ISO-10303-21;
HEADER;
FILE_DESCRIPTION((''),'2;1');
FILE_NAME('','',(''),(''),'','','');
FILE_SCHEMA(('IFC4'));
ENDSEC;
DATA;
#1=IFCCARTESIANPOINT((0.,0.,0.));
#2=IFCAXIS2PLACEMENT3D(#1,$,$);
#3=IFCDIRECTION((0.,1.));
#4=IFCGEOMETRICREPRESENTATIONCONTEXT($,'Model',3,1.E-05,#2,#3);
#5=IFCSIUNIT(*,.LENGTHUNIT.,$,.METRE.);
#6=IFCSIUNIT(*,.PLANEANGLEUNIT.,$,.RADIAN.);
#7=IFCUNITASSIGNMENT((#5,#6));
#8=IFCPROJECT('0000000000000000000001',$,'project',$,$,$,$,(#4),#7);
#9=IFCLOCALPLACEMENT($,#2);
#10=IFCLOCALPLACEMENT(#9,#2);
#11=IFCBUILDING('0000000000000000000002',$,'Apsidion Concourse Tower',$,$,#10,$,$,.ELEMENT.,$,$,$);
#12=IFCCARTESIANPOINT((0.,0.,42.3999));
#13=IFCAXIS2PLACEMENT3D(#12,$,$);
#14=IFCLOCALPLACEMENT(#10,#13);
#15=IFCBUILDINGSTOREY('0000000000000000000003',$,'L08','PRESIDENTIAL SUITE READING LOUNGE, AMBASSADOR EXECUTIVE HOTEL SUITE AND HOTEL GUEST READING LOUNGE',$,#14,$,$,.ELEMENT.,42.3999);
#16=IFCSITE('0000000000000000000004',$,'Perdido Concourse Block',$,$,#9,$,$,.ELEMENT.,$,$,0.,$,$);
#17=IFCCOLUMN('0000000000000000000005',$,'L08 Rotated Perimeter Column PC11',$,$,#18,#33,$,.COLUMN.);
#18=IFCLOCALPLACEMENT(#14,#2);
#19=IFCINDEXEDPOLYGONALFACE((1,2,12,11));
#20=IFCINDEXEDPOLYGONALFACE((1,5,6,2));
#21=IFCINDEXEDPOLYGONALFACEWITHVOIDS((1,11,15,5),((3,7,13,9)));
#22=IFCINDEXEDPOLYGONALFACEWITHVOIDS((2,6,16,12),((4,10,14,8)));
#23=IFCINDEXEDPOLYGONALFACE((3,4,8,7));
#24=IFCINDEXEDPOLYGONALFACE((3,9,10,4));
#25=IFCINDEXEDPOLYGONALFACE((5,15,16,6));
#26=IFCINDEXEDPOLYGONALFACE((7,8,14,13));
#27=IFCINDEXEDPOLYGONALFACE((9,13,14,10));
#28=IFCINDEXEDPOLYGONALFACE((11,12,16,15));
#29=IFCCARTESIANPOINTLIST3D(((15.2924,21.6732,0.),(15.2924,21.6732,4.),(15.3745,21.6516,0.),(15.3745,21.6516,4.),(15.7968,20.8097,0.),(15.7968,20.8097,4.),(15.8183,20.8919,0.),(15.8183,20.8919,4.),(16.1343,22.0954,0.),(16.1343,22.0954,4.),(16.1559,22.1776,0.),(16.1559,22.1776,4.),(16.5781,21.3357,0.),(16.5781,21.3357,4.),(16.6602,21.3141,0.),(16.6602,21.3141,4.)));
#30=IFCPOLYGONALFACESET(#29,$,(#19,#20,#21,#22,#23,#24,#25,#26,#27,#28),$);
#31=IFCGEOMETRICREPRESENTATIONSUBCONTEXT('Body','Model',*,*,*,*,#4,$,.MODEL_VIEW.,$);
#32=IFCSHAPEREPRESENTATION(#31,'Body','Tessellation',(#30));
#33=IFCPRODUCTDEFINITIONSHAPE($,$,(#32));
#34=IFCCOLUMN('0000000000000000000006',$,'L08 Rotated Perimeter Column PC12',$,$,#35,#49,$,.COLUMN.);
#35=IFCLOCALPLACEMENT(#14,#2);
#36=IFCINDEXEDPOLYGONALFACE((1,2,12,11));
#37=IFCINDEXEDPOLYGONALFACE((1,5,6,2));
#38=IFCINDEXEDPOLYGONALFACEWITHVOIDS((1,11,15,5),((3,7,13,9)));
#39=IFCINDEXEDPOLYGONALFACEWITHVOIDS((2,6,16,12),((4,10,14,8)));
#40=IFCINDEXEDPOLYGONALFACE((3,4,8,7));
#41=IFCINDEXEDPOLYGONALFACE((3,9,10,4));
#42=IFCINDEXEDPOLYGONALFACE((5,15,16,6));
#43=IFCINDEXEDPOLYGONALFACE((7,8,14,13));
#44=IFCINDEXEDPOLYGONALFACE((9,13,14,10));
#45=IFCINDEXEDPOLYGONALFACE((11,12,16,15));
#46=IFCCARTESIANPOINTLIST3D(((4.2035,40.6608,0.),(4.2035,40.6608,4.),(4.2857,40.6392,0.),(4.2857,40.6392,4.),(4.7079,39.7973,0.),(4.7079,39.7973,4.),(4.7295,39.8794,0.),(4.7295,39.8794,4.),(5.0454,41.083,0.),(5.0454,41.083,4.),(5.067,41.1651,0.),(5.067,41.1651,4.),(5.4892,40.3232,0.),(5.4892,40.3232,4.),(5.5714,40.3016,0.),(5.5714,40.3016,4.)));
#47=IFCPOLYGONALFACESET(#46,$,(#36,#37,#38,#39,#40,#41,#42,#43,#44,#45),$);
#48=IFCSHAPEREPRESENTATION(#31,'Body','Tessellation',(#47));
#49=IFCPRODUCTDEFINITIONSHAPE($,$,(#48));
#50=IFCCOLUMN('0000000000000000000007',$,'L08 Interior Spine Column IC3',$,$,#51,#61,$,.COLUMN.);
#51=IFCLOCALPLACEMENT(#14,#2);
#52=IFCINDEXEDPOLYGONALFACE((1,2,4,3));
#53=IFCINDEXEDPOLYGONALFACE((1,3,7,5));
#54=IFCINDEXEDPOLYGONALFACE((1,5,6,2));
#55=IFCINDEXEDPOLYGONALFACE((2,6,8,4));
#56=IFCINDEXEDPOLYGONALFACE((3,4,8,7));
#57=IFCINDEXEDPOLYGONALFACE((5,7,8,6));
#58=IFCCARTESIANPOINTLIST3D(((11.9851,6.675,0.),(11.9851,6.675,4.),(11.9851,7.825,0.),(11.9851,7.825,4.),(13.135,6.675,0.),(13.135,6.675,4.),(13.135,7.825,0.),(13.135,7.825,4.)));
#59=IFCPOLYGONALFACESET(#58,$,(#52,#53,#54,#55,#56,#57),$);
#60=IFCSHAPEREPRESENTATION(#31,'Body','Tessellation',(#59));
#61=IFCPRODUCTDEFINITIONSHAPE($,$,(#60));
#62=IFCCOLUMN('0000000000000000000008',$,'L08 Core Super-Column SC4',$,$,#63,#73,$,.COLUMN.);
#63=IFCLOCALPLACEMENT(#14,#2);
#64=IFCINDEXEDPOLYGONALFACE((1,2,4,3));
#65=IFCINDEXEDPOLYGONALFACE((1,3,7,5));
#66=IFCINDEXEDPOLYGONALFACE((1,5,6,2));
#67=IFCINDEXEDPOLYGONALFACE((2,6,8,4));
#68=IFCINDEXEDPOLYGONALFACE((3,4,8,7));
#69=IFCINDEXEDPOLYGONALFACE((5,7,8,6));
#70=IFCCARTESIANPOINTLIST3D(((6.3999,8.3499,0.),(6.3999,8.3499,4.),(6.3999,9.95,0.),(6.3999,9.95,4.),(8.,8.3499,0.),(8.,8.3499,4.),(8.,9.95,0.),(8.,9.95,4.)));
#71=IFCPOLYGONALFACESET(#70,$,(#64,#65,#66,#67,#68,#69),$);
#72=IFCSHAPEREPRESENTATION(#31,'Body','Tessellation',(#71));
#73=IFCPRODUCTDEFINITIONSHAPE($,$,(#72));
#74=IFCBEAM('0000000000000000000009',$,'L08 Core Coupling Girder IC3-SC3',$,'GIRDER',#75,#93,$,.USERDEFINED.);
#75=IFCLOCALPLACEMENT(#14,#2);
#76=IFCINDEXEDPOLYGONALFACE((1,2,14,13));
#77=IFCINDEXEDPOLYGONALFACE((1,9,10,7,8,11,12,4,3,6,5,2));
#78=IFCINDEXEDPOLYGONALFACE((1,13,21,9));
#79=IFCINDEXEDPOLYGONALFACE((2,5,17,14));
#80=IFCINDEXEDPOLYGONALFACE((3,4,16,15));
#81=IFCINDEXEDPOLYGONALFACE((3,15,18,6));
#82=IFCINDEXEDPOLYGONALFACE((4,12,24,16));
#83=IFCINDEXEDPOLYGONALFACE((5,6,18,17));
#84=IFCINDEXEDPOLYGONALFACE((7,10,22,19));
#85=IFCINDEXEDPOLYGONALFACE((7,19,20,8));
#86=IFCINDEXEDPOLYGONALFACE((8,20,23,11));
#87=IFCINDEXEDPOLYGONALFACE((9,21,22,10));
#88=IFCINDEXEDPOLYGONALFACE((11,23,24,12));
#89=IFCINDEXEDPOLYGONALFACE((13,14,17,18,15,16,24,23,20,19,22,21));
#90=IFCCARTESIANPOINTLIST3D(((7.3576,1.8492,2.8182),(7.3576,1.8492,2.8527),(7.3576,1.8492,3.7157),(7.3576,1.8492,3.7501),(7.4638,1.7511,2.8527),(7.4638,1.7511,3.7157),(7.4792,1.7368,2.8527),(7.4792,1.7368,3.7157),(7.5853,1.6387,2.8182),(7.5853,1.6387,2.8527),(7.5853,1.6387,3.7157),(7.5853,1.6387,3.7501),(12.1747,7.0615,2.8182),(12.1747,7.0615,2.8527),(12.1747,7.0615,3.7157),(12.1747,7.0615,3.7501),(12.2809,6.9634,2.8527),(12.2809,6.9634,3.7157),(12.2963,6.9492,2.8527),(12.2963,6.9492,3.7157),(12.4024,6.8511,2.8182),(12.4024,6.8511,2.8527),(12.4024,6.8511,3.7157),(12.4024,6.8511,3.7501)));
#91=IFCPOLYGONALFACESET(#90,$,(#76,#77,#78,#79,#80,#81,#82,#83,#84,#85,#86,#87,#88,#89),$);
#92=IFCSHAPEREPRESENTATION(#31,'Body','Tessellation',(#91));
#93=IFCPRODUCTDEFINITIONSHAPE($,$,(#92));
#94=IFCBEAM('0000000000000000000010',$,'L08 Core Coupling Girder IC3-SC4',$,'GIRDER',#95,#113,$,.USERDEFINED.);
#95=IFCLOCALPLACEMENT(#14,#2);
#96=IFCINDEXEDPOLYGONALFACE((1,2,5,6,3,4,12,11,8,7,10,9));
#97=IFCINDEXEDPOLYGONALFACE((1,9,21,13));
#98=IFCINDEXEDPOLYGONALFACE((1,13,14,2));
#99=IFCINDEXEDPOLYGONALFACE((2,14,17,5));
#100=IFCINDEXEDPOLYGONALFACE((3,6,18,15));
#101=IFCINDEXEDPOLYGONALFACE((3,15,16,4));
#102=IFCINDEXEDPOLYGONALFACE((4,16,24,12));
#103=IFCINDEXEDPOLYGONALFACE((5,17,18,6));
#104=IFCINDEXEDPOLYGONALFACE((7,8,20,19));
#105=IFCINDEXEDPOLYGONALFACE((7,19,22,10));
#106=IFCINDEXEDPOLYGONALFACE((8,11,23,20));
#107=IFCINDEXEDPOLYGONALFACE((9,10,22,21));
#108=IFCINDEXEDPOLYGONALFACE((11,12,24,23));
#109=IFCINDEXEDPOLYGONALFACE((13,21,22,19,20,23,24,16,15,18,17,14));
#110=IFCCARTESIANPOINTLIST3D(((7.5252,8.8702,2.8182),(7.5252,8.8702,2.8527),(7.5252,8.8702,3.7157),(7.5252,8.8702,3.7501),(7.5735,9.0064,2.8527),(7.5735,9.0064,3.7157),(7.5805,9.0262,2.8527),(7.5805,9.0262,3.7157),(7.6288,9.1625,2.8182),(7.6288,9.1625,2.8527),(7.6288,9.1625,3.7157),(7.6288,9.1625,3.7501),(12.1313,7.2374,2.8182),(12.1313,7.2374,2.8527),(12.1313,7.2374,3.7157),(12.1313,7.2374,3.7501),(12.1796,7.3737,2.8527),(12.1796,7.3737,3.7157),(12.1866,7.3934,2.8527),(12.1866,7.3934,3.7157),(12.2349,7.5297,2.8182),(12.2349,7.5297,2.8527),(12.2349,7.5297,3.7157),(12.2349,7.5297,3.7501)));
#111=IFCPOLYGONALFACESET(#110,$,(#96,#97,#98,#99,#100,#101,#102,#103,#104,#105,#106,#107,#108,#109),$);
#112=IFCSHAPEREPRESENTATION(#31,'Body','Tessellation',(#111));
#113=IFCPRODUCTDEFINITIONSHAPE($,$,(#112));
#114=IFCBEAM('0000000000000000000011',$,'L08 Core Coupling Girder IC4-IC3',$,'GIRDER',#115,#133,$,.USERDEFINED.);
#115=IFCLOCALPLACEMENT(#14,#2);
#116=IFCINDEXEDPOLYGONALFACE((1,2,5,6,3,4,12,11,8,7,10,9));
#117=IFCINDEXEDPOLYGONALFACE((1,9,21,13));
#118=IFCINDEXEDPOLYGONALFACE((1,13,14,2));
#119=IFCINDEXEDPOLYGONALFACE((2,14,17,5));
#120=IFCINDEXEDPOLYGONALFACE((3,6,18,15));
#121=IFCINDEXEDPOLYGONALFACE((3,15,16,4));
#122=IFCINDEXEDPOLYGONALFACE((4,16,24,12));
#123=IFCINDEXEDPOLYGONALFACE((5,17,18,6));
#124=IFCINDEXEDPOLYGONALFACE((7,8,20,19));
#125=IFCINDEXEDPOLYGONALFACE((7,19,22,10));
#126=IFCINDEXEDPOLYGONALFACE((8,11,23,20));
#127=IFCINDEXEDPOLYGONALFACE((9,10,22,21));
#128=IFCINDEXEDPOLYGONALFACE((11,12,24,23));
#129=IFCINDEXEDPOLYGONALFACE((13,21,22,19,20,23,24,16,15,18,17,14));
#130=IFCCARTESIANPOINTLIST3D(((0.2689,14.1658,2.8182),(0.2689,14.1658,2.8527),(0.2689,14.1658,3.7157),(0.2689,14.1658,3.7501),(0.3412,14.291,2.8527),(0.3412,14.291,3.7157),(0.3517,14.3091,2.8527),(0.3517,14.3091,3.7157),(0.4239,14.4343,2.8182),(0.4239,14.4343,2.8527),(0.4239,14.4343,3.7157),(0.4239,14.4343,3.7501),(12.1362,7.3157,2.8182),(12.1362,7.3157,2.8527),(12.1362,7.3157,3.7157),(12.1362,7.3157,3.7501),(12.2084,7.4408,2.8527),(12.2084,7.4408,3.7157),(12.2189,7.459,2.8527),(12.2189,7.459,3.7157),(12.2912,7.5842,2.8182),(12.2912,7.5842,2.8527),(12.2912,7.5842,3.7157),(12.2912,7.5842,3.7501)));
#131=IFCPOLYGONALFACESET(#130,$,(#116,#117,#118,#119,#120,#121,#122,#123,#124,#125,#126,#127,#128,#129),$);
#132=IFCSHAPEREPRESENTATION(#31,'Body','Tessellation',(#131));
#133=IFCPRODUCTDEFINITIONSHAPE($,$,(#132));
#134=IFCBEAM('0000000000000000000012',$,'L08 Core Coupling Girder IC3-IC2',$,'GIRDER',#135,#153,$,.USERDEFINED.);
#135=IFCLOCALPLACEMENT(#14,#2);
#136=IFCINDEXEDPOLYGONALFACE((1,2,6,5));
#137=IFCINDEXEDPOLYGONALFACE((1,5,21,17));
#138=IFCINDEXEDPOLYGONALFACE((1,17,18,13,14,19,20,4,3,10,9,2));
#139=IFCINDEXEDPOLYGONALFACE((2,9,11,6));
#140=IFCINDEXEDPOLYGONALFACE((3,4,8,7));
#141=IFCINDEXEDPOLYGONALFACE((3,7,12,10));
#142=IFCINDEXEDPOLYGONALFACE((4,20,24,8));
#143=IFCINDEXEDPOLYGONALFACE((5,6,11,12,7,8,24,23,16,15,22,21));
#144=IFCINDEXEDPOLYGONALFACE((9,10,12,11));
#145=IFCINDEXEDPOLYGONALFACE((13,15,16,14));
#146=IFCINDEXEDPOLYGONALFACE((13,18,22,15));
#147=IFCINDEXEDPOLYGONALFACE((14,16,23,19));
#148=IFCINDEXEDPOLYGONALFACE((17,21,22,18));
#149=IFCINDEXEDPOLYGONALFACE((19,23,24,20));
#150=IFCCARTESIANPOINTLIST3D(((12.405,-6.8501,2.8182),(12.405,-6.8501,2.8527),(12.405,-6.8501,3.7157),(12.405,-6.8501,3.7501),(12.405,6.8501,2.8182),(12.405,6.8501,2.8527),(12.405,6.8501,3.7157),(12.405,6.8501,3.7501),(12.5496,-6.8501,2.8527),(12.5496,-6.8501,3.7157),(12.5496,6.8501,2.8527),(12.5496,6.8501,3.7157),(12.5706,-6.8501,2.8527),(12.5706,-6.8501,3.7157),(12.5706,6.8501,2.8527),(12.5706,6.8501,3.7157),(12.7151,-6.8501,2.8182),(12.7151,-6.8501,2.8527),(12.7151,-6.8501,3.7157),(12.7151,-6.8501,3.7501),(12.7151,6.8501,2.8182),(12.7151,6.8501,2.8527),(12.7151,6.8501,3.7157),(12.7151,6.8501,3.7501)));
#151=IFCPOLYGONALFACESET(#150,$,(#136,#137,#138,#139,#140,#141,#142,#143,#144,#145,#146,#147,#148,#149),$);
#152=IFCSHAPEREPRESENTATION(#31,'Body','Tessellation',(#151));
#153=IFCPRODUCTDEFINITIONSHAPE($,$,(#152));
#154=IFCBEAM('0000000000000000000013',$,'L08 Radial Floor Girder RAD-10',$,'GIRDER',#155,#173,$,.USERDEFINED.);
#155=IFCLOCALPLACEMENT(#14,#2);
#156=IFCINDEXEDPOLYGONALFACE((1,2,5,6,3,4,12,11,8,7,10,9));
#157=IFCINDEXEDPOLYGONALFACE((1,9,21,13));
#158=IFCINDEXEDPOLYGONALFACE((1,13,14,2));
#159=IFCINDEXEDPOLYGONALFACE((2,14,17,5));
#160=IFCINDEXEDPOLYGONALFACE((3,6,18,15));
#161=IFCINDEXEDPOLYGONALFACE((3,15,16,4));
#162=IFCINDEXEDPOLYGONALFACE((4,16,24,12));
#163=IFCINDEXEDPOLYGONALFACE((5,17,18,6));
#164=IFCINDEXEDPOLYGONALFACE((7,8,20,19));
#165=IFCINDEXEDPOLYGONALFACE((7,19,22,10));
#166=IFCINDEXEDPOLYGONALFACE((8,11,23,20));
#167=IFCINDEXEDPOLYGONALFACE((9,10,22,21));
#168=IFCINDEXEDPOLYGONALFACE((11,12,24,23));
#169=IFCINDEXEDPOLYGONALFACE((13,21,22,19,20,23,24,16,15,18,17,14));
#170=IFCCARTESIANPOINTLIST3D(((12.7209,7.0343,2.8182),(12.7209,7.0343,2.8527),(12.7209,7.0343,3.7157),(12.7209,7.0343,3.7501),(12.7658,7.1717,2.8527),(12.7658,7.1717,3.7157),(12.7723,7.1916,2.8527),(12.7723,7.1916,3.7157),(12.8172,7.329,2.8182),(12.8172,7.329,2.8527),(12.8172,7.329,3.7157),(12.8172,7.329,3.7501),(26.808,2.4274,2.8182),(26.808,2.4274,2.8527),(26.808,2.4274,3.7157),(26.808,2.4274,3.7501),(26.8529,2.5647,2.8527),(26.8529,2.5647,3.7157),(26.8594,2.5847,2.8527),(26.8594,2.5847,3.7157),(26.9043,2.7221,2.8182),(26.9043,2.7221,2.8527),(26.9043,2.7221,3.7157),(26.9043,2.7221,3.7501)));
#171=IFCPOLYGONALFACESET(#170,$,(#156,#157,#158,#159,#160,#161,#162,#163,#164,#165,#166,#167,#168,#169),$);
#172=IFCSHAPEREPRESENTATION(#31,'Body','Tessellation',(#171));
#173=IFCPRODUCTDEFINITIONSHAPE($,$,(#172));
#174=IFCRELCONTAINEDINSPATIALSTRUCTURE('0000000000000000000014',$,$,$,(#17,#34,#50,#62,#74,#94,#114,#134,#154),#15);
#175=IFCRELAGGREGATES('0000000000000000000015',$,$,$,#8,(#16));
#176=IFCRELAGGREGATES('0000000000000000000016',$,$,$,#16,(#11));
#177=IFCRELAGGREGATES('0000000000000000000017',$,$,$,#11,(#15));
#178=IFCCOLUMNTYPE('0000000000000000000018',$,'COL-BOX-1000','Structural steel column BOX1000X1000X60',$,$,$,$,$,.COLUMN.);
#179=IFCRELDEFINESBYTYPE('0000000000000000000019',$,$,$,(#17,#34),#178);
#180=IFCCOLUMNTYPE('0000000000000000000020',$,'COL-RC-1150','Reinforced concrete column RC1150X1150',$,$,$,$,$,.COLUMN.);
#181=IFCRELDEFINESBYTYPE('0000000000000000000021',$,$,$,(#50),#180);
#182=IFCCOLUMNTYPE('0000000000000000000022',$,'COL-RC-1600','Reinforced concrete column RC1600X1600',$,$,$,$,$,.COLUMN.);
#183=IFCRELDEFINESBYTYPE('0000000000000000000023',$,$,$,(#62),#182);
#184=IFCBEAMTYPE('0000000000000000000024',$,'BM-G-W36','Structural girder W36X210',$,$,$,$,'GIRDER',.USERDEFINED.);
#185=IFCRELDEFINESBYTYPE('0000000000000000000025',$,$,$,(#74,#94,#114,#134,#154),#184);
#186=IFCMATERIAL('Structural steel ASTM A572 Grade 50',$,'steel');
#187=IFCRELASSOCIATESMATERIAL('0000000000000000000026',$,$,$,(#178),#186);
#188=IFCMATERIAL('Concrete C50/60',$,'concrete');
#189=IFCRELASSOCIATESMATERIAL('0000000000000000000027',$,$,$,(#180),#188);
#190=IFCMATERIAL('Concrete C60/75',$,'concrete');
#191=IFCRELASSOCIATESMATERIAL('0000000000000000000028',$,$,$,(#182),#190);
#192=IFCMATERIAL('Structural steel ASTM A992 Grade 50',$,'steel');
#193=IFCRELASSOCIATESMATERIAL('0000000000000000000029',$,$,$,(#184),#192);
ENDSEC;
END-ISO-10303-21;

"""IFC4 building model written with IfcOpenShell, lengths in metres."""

from ifc_helpers import new_model, si_unit, direction, frame, origin, origin_2d, place, context, subcontext, project, spatial, rectangle, hollow_rectangle, i_section, extrude, material, material_profile, profile_set, type_object, element, save


model = new_model("IFC4")

# Units and contexts
model_context = context("Model", 3, precision=1e-05, world=origin(), true_north=direction((0.0, 1.0)))
body_context = subcontext(model_context, "Body", "Model", "MODEL_VIEW")
ifc_project = project(units=[si_unit("LENGTHUNIT", "METRE"), si_unit("PLANEANGLEUNIT", "RADIAN")], contexts=[model_context])

# Site, building, storey
site_placement = place(None, origin())
site = spatial("IfcSite", under=ifc_project, at=site_placement, Name="Perdido Concourse Block", CompositionType="ELEMENT", RefElevation=0.0)
building_placement = place(site_placement, origin())
building = spatial("IfcBuilding", under=site, at=building_placement, Name="Apsidion Concourse Tower", CompositionType="ELEMENT")
storey_placement = place(building_placement, frame((0.0, 0.0, 42.3999)))
storey = spatial("IfcBuildingStorey", under=building, at=storey_placement, Name="L08", Description="PRESIDENTIAL SUITE READING LOUNGE, AMBASSADOR EXECUTIVE HOTEL SUITE AND HOTEL GUEST READING LOUNGE", CompositionType="ELEMENT", Elevation=42.3999)

# Columns
ifc_material_1 = material(Name="Structural steel ASTM A572 Grade 50", Category="steel")
ifc_material_profile_1 = material_profile(ifc_material_1, hollow_rectangle(XDim=1.0, YDim=1.0, WallThickness=0.0601, at=origin_2d()), Name="BOX1000X1000X60")
ifc_profile_set_1 = profile_set([ifc_material_profile_1], Name="Structural steel ASTM A572 Grade 50")
column_type_1 = type_object("IfcColumnType", Name="COL-BOX-1000", Description="Structural steel column BOX1000X1000X60", PredefinedType="COLUMN", material=ifc_profile_set_1)
for number, where, z_axis, x_axis, name in (
    (1, (15.9763, 21.4937, 0.0), (0.0, 0.0, 1.0), (-0.504377, 0.863484, 0.0), "L08 Rotated Perimeter Column PC11"),
    (2, (4.8875, 40.4812, 0.0), (0.0, 0.0, 1.0), (-0.504377, 0.863484, 0.0), "L08 Rotated Perimeter Column PC12"),
):
    element("IfcColumn", number, at=place(storey_placement, frame(where, z_axis=z_axis, x_axis=x_axis)), inside=storey, type_object=column_type_1, Name=name, PredefinedType="COLUMN", context=body_context, shape_type="SweptSolid", body=[
        extrude(hollow_rectangle(XDim=1.0, YDim=1.0, WallThickness=0.0601, at=origin_2d()), origin(), (0.0, 0.0, 1.0), 4.0),
    ])
ifc_material_2 = material(Name="Concrete C50/60", Category="concrete")
ifc_material_profile_2 = material_profile(ifc_material_2, rectangle(XDim=1.1499, YDim=1.1499, at=origin_2d()), Name="RC 1150x1150")
ifc_profile_set_2 = profile_set([ifc_material_profile_2], Name="Concrete C50/60")
column_type_2 = type_object("IfcColumnType", Name="COL-RC-1150", Description="Reinforced concrete column RC1150X1150", PredefinedType="COLUMN", material=ifc_profile_set_2)
column_1_placement = place(storey_placement, frame((12.5601, 7.25, 0.0), z_axis=(0.0, 0.0, 1.0), x_axis=(1.0, 0.0, 0.0)))
element("IfcColumn", 3, at=column_1_placement, inside=storey, type_object=column_type_2, Name="L08 Interior Spine Column IC3", PredefinedType="COLUMN", context=body_context, shape_type="SweptSolid", body=[
    extrude(rectangle(XDim=1.1499, YDim=1.1499, at=origin_2d()), origin(), (0.0, 0.0, 1.0), 4.0),
])
ifc_material_3 = material(Name="Concrete C60/75", Category="concrete")
ifc_material_profile_3 = material_profile(ifc_material_3, rectangle(XDim=1.6001, YDim=1.6001, at=origin_2d()), Name="RC 1600x1600")
ifc_profile_set_3 = profile_set([ifc_material_profile_3], Name="Concrete C60/75")
column_type_3 = type_object("IfcColumnType", Name="COL-RC-1600", Description="Reinforced concrete column RC1600X1600", PredefinedType="COLUMN", material=ifc_profile_set_3)
column_2_placement = place(storey_placement, frame((7.2, 9.1499, 0.0), z_axis=(0.0, 0.0, 1.0), x_axis=(1.0, 0.0, 0.0)))
element("IfcColumn", 4, at=column_2_placement, inside=storey, type_object=column_type_3, Name="L08 Core Super-Column SC4", PredefinedType="COLUMN", context=body_context, shape_type="SweptSolid", body=[
    extrude(rectangle(XDim=1.6001, YDim=1.6001, at=origin_2d()), origin(), (0.0, 0.0, 1.0), 4.0),
])

# Beams
ifc_material_4 = material(Name="Structural steel ASTM A992 Grade 50", Category="steel")
ifc_material_profile_4 = material_profile(ifc_material_4, i_section(OverallWidth=0.3101, OverallDepth=0.9319, WebThickness=0.021, FlangeThickness=0.0344, at=origin_2d()), Name="W36X210")
ifc_profile_set_4 = profile_set([ifc_material_profile_4], Name="Structural steel ASTM A992 Grade 50")
beam_type_1 = type_object("IfcBeamType", Name="BM-G-W36", Description="Structural girder W36X210", ElementType="GIRDER", PredefinedType="USERDEFINED", material=ifc_profile_set_4)
beam_1_placement = place(storey_placement, frame((12.2886, 6.9563, 3.2842), z_axis=(-0.678713, -0.734404, 0.0), x_axis=(0.734404, -0.678713, 0.0)))
element("IfcBeam", 5, at=beam_1_placement, inside=storey, type_object=beam_type_1, Name="L08 Core Coupling Girder IC3-SC3", ObjectType="GIRDER", PredefinedType="USERDEFINED", context=body_context, shape_type="SweptSolid", body=[
    extrude(i_section(OverallWidth=0.3101, OverallDepth=0.9319, WebThickness=0.021, FlangeThickness=0.0344, at=origin_2d()), origin(), (0.0, 0.0, 1.0), 7.0974),
])
beam_2_placement = place(storey_placement, frame((12.1831, 7.3835, 3.2842), z_axis=(-0.942534, 0.334111, 0.0), x_axis=(-0.334111, -0.942534, 0.0)))
element("IfcBeam", 6, at=beam_2_placement, inside=storey, type_object=beam_type_1, Name="L08 Core Coupling Girder IC3-SC4", ObjectType="GIRDER", PredefinedType="USERDEFINED", context=body_context, shape_type="SweptSolid", body=[
    extrude(i_section(OverallWidth=0.3101, OverallDepth=0.9319, WebThickness=0.021, FlangeThickness=0.0344, at=origin_2d()), origin(), (0.0, 0.0, 1.0), 4.887),
])
beam_3_placement = place(storey_placement, frame((0.3464, 14.3, 3.2842), z_axis=(0.86607, -0.499922, 0.0), x_axis=(0.499922, 0.86607, 0.0)))
element("IfcBeam", 7, at=beam_3_placement, inside=storey, type_object=beam_type_1, Name="L08 Core Coupling Girder IC4-IC3", ObjectType="GIRDER", PredefinedType="USERDEFINED", context=body_context, shape_type="SweptSolid", body=[
    extrude(i_section(OverallWidth=0.3101, OverallDepth=0.9319, WebThickness=0.021, FlangeThickness=0.0344, at=origin_2d()), origin(), (0.0, 0.0, 1.0), 13.7024),
])
beam_4_placement = place(storey_placement, frame((12.5601, 6.8501, 3.2842), z_axis=(0.0, -1.0, 0.0), x_axis=(1.0, 0.0, 0.0)))
element("IfcBeam", 8, at=beam_4_placement, inside=storey, type_object=beam_type_1, Name="L08 Core Coupling Girder IC3-IC2", ObjectType="GIRDER", PredefinedType="USERDEFINED", context=body_context, shape_type="SweptSolid", body=[
    extrude(i_section(OverallWidth=0.3101, OverallDepth=0.9319, WebThickness=0.021, FlangeThickness=0.0344, at=origin_2d()), origin(), (0.0, 0.0, 1.0), 13.7002),
])
beam_5_placement = place(storey_placement, frame((12.769, 7.1816, 3.2842), z_axis=(0.950465, -0.310831, 0.0), x_axis=(0.310831, 0.950465, 0.0)))
element("IfcBeam", 9, at=beam_5_placement, inside=storey, type_object=beam_type_1, Name="L08 Radial Floor Girder RAD-10", ObjectType="GIRDER", PredefinedType="USERDEFINED", context=body_context, shape_type="SweptSolid", body=[
    extrude(i_section(OverallWidth=0.3101, OverallDepth=0.9319, WebThickness=0.021, FlangeThickness=0.0344, at=origin_2d()), origin(), (0.0, 0.0, 1.0), 14.8213),
])

save(model, "model.ifc")
